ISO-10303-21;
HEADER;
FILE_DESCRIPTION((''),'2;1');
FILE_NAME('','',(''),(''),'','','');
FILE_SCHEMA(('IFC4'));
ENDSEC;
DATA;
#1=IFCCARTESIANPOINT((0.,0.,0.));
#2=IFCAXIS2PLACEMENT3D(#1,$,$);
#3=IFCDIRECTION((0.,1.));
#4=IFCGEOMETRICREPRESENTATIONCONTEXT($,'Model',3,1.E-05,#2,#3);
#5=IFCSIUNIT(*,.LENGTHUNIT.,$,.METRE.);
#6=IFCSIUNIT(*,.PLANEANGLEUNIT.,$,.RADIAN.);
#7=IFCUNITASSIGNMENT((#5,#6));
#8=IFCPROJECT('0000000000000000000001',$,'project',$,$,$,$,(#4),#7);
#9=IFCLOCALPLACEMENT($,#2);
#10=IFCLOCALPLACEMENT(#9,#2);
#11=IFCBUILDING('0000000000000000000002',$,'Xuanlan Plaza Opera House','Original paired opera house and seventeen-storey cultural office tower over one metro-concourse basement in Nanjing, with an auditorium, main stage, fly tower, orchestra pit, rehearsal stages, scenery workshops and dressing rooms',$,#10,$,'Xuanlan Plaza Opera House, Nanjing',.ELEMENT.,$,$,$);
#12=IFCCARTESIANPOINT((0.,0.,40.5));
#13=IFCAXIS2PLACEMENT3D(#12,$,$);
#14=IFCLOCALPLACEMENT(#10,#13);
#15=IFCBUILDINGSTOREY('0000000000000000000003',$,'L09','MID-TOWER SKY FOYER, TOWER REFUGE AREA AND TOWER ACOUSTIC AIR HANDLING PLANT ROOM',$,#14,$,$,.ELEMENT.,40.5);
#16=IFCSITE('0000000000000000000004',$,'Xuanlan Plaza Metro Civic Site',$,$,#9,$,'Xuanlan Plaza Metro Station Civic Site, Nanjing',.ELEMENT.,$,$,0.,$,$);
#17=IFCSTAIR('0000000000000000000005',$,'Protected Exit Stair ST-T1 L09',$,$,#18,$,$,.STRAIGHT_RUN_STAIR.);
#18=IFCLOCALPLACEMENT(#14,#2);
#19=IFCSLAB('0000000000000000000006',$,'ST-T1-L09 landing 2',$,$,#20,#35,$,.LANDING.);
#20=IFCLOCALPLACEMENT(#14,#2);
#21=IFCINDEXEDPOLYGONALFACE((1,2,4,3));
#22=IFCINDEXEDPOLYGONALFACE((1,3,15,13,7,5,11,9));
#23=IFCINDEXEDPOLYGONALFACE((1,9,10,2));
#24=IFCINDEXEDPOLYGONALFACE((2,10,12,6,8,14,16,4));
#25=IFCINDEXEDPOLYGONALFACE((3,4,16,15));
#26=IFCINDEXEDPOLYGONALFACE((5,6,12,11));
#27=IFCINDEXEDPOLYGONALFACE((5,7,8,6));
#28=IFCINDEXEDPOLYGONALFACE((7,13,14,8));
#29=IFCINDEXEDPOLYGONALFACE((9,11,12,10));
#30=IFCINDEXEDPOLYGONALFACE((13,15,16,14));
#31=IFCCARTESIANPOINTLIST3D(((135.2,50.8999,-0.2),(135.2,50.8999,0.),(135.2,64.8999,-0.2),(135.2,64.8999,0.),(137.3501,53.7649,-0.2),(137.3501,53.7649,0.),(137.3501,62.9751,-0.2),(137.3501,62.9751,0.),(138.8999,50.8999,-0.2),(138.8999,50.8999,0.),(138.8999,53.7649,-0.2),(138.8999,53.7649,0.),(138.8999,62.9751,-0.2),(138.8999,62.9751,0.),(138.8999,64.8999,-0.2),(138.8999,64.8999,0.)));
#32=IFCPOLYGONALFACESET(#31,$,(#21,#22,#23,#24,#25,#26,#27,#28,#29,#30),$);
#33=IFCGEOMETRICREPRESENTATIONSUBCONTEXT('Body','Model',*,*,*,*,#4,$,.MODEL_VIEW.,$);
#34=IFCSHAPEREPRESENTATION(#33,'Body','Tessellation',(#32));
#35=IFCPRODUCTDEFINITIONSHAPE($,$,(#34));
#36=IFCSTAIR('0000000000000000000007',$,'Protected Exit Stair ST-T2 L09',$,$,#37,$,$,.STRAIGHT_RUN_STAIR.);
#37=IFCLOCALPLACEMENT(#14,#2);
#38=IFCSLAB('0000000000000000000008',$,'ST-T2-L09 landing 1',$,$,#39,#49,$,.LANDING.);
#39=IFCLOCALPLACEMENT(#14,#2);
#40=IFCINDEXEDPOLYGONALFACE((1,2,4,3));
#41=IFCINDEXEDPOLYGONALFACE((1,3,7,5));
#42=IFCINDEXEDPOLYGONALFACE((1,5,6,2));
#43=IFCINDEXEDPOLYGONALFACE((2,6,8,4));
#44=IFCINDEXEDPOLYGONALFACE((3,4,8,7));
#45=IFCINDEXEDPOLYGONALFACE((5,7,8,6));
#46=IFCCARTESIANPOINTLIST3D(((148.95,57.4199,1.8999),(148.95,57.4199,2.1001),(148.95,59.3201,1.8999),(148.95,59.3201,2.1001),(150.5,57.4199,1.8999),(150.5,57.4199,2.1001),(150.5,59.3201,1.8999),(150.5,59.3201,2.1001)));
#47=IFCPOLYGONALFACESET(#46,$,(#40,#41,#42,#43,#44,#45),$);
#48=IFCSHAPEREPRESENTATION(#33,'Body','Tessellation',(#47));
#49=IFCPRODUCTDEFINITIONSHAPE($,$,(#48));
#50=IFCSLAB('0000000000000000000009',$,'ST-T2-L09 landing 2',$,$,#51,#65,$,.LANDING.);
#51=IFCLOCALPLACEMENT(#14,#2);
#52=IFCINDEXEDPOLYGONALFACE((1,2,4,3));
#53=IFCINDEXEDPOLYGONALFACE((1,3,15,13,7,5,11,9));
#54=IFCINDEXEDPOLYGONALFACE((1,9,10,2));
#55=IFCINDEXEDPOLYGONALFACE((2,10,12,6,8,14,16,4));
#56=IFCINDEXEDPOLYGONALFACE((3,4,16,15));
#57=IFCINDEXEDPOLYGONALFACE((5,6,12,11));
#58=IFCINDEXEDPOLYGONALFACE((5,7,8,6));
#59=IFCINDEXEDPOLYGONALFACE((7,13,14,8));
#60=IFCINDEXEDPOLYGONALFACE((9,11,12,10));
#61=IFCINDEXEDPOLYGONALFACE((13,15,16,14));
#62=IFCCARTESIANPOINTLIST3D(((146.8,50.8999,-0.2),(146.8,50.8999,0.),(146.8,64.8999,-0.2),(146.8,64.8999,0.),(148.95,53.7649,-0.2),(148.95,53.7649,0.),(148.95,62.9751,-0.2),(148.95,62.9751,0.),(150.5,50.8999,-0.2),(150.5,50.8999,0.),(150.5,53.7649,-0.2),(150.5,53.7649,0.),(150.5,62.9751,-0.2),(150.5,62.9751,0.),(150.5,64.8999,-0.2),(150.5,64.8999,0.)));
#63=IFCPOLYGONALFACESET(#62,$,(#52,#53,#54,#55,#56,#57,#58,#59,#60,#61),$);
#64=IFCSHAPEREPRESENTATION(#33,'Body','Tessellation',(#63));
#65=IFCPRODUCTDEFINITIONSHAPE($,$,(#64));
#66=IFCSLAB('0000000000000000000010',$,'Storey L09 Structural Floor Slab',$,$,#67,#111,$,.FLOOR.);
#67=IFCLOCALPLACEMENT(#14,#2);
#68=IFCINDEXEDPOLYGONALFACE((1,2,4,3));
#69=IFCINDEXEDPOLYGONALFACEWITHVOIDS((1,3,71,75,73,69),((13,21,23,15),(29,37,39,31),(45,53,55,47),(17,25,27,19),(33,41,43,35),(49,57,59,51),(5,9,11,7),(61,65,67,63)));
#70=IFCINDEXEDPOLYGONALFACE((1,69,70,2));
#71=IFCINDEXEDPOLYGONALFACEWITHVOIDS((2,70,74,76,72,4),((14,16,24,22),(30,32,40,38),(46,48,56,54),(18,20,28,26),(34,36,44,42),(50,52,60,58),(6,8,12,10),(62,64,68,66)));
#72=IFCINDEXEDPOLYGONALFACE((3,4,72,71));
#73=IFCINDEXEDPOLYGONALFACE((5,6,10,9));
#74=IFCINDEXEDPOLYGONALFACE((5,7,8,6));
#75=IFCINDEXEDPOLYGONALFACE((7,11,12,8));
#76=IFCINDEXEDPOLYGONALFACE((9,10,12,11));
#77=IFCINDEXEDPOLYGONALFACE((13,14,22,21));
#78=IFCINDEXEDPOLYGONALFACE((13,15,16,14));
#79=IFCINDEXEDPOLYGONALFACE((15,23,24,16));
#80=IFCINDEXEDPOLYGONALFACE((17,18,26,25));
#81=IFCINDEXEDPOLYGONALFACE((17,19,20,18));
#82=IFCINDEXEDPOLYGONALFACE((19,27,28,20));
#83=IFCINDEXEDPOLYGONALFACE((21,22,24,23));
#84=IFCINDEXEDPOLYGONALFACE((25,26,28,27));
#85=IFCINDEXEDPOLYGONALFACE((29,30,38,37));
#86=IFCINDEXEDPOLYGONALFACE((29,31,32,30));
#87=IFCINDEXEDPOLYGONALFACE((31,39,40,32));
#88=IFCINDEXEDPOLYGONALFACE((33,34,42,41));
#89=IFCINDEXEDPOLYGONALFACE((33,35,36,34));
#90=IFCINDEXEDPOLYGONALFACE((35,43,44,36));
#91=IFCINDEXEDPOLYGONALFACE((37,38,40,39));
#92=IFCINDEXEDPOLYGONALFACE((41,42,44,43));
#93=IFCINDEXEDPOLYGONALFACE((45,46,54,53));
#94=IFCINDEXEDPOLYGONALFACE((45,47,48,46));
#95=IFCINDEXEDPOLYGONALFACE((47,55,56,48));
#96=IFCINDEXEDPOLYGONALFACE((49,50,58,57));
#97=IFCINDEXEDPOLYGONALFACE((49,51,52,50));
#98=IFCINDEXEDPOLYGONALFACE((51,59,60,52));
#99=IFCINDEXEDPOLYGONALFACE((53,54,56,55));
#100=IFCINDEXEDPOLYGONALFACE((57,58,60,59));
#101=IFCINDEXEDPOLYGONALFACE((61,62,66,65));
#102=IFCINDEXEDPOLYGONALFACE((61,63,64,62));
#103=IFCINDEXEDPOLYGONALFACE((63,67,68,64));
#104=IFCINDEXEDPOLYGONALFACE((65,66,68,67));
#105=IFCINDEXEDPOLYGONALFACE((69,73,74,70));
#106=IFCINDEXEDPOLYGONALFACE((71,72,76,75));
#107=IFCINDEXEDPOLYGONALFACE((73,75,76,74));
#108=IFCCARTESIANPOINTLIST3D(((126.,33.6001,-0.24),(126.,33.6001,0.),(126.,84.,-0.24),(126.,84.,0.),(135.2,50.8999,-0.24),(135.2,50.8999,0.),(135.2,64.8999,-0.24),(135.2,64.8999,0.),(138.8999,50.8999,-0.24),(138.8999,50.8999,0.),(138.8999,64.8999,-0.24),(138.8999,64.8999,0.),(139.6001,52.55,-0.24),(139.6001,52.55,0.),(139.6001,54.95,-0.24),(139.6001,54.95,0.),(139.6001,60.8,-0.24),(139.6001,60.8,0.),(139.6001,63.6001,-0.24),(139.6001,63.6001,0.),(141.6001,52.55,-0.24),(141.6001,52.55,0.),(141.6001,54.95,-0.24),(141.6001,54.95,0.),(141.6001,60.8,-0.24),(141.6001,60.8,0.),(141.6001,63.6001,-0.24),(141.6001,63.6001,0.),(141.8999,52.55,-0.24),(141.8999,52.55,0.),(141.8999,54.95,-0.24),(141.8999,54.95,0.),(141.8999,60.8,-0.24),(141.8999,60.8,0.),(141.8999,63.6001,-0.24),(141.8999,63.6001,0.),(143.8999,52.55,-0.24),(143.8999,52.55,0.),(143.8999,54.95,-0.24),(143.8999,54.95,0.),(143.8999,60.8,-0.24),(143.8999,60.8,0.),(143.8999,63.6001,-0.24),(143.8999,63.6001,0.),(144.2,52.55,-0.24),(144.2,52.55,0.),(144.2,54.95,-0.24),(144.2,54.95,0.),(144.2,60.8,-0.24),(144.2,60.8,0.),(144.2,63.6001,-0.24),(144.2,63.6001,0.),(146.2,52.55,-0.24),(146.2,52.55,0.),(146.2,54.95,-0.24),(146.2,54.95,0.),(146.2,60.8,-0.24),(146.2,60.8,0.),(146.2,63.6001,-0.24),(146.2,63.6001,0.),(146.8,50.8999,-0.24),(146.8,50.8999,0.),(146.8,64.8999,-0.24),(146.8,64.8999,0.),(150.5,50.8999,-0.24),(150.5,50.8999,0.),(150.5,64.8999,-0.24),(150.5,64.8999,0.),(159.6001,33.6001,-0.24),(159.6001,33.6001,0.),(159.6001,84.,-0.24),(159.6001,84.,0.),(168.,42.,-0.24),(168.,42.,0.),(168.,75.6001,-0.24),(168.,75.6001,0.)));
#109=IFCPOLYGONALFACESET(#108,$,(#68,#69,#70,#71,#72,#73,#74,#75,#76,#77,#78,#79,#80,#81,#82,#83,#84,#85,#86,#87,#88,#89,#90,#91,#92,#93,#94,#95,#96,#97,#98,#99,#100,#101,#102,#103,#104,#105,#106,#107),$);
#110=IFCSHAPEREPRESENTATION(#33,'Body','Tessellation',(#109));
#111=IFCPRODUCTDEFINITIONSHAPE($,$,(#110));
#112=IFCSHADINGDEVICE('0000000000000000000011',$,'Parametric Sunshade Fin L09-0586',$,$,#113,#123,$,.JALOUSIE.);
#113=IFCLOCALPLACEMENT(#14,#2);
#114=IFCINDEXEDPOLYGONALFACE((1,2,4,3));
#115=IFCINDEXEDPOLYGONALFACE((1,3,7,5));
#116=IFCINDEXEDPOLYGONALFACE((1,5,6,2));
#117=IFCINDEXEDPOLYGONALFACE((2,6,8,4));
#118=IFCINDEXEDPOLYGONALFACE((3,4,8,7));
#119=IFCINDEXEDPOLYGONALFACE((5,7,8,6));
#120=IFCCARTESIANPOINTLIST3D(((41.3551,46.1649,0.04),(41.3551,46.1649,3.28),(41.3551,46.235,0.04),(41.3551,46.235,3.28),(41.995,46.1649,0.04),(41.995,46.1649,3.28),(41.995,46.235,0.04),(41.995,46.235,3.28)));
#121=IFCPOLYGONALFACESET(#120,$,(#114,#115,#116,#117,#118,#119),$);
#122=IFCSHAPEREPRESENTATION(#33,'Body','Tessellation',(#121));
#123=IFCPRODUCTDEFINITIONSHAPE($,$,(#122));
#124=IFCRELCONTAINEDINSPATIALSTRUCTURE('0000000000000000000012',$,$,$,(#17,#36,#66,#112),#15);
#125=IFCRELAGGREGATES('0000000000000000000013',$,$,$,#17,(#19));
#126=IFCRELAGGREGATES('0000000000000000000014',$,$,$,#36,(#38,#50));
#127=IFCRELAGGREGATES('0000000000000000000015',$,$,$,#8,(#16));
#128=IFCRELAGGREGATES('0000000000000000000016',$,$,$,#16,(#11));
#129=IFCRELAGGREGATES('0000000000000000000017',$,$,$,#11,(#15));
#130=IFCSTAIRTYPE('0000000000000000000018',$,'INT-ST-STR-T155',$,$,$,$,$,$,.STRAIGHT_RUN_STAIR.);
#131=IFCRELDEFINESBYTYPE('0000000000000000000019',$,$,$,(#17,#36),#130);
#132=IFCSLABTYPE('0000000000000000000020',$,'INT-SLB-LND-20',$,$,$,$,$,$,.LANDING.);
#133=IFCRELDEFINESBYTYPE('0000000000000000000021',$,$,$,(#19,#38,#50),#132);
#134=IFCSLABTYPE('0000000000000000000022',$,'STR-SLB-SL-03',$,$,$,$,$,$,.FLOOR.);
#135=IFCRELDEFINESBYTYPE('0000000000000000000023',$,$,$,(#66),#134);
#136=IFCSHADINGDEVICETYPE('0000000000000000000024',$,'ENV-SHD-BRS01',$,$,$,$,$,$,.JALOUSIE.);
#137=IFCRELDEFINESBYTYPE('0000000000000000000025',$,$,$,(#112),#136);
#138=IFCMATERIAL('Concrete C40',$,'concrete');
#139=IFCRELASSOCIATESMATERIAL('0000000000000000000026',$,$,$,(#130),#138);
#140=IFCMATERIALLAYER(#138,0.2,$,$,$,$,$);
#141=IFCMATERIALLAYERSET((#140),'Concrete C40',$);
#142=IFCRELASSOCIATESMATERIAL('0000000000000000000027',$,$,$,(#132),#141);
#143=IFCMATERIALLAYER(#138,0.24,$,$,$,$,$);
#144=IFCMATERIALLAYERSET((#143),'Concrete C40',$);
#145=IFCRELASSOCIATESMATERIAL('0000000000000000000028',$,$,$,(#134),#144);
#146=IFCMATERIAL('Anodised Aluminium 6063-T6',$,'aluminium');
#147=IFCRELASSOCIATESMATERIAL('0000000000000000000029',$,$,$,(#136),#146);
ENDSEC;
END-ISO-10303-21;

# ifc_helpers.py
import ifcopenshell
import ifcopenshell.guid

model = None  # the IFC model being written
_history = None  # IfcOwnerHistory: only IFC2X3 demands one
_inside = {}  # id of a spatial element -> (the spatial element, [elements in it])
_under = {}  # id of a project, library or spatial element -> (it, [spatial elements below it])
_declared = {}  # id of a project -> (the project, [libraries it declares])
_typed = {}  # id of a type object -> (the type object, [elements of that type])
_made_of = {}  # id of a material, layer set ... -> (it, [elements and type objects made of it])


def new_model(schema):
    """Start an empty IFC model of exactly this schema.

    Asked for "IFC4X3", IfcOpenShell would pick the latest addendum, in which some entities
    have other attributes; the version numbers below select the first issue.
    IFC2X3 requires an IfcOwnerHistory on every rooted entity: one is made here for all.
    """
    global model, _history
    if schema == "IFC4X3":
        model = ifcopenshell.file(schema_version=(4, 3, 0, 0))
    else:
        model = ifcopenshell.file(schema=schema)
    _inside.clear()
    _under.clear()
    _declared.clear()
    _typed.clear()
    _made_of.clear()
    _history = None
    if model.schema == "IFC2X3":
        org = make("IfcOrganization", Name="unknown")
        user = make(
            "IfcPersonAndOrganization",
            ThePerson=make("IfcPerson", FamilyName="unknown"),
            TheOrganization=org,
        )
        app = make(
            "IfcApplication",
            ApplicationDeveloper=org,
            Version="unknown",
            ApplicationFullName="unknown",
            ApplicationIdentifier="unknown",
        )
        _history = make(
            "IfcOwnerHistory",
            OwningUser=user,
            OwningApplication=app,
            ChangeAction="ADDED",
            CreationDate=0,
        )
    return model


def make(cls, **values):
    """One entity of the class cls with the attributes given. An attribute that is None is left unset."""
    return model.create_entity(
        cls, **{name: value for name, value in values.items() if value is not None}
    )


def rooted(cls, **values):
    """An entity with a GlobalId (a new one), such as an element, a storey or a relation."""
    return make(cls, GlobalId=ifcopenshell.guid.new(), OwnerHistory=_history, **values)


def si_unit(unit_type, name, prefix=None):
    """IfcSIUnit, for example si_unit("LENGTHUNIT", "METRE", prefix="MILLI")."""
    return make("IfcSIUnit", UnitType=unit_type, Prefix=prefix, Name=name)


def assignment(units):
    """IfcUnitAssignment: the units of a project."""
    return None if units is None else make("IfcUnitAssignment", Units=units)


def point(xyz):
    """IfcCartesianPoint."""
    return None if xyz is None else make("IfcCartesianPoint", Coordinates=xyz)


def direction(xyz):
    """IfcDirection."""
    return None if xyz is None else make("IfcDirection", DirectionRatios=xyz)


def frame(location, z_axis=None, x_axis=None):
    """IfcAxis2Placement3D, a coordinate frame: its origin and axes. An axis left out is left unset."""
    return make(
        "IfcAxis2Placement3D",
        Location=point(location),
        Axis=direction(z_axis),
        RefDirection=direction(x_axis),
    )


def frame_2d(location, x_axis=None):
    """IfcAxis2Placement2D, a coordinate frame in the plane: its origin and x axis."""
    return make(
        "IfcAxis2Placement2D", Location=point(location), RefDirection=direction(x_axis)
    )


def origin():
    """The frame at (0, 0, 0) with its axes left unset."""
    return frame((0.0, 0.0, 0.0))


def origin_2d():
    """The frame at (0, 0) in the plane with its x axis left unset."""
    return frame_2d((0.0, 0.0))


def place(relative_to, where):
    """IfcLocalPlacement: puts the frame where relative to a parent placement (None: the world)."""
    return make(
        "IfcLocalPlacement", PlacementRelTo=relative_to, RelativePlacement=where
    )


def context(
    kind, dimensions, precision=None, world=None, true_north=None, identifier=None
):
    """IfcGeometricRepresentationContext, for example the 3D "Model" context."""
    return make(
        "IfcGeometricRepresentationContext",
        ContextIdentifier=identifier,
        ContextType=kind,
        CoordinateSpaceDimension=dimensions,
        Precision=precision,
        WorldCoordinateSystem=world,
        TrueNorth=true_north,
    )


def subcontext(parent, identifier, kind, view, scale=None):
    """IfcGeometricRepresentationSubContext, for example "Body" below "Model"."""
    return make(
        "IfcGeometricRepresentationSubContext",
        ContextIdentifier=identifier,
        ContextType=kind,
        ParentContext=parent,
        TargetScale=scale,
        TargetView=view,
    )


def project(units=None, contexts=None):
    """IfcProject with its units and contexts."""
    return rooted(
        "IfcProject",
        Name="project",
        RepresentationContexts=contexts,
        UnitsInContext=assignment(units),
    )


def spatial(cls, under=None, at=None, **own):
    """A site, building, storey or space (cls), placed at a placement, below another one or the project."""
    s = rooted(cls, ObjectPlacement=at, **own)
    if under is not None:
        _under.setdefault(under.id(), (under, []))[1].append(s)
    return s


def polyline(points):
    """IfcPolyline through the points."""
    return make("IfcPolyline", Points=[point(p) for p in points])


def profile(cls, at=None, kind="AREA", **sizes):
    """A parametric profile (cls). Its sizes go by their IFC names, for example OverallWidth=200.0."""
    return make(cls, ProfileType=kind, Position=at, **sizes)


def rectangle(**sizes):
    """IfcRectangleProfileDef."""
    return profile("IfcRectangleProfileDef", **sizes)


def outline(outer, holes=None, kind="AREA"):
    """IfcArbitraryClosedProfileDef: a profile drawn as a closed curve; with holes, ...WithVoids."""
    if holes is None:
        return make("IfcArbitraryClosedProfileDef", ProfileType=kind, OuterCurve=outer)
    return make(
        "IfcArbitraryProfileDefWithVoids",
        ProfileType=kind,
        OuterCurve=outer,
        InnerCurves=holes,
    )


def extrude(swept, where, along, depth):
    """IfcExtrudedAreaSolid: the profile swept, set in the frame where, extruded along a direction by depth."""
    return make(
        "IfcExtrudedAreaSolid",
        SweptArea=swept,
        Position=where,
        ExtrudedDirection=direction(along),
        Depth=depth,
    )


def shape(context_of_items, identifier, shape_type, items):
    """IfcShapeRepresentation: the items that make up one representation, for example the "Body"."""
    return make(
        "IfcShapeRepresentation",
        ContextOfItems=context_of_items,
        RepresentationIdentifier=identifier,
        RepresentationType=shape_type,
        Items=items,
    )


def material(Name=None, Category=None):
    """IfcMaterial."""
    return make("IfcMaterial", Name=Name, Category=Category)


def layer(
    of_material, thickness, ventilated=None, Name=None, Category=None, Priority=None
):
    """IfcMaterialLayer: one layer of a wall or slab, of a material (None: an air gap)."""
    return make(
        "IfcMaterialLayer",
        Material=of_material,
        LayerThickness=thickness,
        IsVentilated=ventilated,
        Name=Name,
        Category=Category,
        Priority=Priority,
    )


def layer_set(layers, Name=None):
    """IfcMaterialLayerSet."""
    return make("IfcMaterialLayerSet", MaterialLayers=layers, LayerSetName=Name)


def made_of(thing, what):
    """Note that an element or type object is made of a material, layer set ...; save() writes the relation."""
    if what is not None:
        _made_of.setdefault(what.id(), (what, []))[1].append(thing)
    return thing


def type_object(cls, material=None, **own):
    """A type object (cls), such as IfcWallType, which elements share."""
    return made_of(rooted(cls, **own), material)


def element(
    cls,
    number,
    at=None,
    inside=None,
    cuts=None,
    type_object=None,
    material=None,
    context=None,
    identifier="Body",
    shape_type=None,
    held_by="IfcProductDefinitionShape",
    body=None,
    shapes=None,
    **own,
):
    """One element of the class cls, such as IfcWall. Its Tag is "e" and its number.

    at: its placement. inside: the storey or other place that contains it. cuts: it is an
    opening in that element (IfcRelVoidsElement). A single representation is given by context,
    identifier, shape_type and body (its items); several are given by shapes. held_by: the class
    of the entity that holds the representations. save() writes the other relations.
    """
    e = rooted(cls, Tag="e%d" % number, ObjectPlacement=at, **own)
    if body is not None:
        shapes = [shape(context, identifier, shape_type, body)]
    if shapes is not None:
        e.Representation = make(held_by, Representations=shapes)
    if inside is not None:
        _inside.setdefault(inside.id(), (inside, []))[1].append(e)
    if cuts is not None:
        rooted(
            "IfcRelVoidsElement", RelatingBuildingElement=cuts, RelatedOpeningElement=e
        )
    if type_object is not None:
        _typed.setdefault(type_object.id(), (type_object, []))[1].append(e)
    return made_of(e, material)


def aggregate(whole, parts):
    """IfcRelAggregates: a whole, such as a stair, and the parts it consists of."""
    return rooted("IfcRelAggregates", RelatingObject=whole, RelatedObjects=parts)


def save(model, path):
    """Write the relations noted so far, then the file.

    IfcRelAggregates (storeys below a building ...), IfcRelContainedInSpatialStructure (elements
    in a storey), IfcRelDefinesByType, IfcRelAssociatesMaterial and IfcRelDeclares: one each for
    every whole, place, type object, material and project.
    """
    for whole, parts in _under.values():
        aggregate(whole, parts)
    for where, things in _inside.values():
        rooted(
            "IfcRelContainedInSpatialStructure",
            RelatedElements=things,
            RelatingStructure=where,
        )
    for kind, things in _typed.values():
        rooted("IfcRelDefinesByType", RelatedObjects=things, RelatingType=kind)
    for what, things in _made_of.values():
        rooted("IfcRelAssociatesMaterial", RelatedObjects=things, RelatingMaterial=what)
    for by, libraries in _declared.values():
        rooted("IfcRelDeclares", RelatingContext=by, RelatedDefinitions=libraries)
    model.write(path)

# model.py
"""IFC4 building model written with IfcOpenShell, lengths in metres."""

from ifc_helpers import new_model, si_unit, direction, frame, origin, origin_2d, place, context, subcontext, project, spatial, polyline, rectangle, outline, extrude, material, layer, layer_set, type_object, element, aggregate, save


model = new_model("IFC4")

# Units and contexts
model_context = context("Model", 3, precision=1e-05, world=origin(), true_north=direction((0.0, 1.0)))
body_context = subcontext(model_context, "Body", "Model", "MODEL_VIEW")
ifc_project = project(units=[si_unit("LENGTHUNIT", "METRE"), si_unit("PLANEANGLEUNIT", "RADIAN")], contexts=[model_context])

# Site, building, storey
site_placement = place(None, origin())
site = spatial("IfcSite", under=ifc_project, at=site_placement, Name="Xuanlan Plaza Metro Civic Site", LongName="Xuanlan Plaza Metro Station Civic Site, Nanjing", CompositionType="ELEMENT", RefElevation=0.0)
building_placement = place(site_placement, origin())
building = spatial("IfcBuilding", under=site, at=building_placement, Name="Xuanlan Plaza Opera House", Description="Original paired opera house and seventeen-storey cultural office tower over one metro-concourse basement in Nanjing, with an auditorium, main stage, fly tower, orchestra pit, rehearsal stages, scenery workshops and dressing rooms", LongName="Xuanlan Plaza Opera House, Nanjing", CompositionType="ELEMENT")
storey_placement = place(building_placement, frame((0.0, 0.0, 40.5)))
storey = spatial("IfcBuildingStorey", under=building, at=storey_placement, Name="L09", Description="MID-TOWER SKY FOYER, TOWER REFUGE AREA AND TOWER ACOUSTIC AIR HANDLING PLANT ROOM", CompositionType="ELEMENT", Elevation=40.5)

# Shared definitions
ifc_material_1 = material(Name="Anodised Aluminium 6063-T6", Category="aluminium")

# Stairs, slabs
ifc_material_2 = material(Name="Concrete C40", Category="concrete")
stair_type = type_object("IfcStairType", Name="INT-ST-STR-T155", PredefinedType="STRAIGHT_RUN_STAIR", material=ifc_material_2)
stair_1_placement = place(storey_placement, origin())
stair_1 = element("IfcStair", 1, at=stair_1_placement, inside=storey, type_object=stair_type, Name="Protected Exit Stair ST-T1 L09", PredefinedType="STRAIGHT_RUN_STAIR")
ifc_layer_1 = layer(ifc_material_2, 0.2)
ifc_layer_set_1 = layer_set([ifc_layer_1], Name="Concrete C40")
slab_type_1 = type_object("IfcSlabType", Name="INT-SLB-LND-20", PredefinedType="LANDING", material=ifc_layer_set_1)
slab_1_placement = place(storey_placement, frame((0.0, 0.0, -0.2)))
slab_1 = element("IfcSlab", 2, at=slab_1_placement, type_object=slab_type_1, Name="ST-T1-L09 landing 2", PredefinedType="LANDING", context=body_context, shape_type="SweptSolid", body=[
    extrude(outline(polyline([(135.2, 50.8999), (138.8999, 50.8999), (138.8999, 53.7649), (137.3501, 53.7649), (137.3501, 62.9751), (138.8999, 62.9751), (138.8999, 64.8999), (135.2, 64.8999), (135.2, 50.8999)])), origin(), (0.0, 0.0, 1.0), 0.2),
])
aggregate(stair_1, [slab_1])
stair_2_placement = place(storey_placement, origin())
stair_2 = element("IfcStair", 3, at=stair_2_placement, inside=storey, type_object=stair_type, Name="Protected Exit Stair ST-T2 L09", PredefinedType="STRAIGHT_RUN_STAIR")
slab_2_placement = place(storey_placement, frame((0.0, 0.0, 1.8999)))
slab_2 = element("IfcSlab", 4, at=slab_2_placement, type_object=slab_type_1, Name="ST-T2-L09 landing 1", PredefinedType="LANDING", context=body_context, shape_type="SweptSolid", body=[
    extrude(outline(polyline([(148.95, 57.4199), (150.5, 57.4199), (150.5, 59.3201), (148.95, 59.3201), (148.95, 57.4199)])), origin(), (0.0, 0.0, 1.0), 0.2002),
])
slab_3_placement = place(storey_placement, frame((0.0, 0.0, -0.2)))
slab_3 = element("IfcSlab", 5, at=slab_3_placement, type_object=slab_type_1, Name="ST-T2-L09 landing 2", PredefinedType="LANDING", context=body_context, shape_type="SweptSolid", body=[
    extrude(outline(polyline([(146.8, 50.8999), (150.5, 50.8999), (150.5, 53.7649), (148.95, 53.7649), (148.95, 62.9751), (150.5, 62.9751), (150.5, 64.8999), (146.8, 64.8999), (146.8, 50.8999)])), origin(), (0.0, 0.0, 1.0), 0.2),
])
aggregate(stair_2, [slab_2, slab_3])

# Slab
ifc_layer_2 = layer(ifc_material_2, 0.24)
ifc_layer_set_2 = layer_set([ifc_layer_2], Name="Concrete C40")
slab_type_2 = type_object("IfcSlabType", Name="STR-SLB-SL-03", PredefinedType="FLOOR", material=ifc_layer_set_2)
slab_4_placement = place(storey_placement, frame((0.0, 0.0, -0.24)))
element("IfcSlab", 6, at=slab_4_placement, inside=storey, type_object=slab_type_2, Name="Storey L09 Structural Floor Slab", PredefinedType="FLOOR", context=body_context, shape_type="SweptSolid", body=[
    extrude(outline(polyline([(126.0, 33.6001), (159.6001, 33.6001), (168.0, 42.0), (168.0, 75.6001), (159.6001, 84.0), (126.0, 84.0), (126.0, 33.6001)]), holes=[polyline([(135.2, 50.8999), (138.8999, 50.8999), (138.8999, 64.8999), (135.2, 64.8999), (135.2, 50.8999)]), polyline([(146.8, 50.8999), (150.5, 50.8999), (150.5, 64.8999), (146.8, 64.8999), (146.8, 50.8999)]), polyline([(139.6001, 60.8), (141.6001, 60.8), (141.6001, 63.6001), (139.6001, 63.6001), (139.6001, 60.8)]), polyline([(141.8999, 60.8), (143.8999, 60.8), (143.8999, 63.6001), (141.8999, 63.6001), (141.8999, 60.8)]), polyline([(144.2, 60.8), (146.2, 60.8), (146.2, 63.6001), (144.2, 63.6001), (144.2, 60.8)]), polyline([(139.6001, 52.55), (141.6001, 52.55), (141.6001, 54.95), (139.6001, 54.95), (139.6001, 52.55)]), polyline([(141.8999, 52.55), (143.8999, 52.55), (143.8999, 54.95), (141.8999, 54.95), (141.8999, 52.55)]), polyline([(144.2, 52.55), (146.2, 52.55), (146.2, 54.95), (144.2, 54.95), (144.2, 52.55)])]), origin(), (0.0, 0.0, 1.0), 0.24),
])

# Shading device
shading_device_type = type_object("IfcShadingDeviceType", Name="ENV-SHD-BRS01", PredefinedType="JALOUSIE", material=ifc_material_1)
shading_device_placement = place(storey_placement, frame((41.675, 46.2, 0.04), z_axis=(0.0, 0.0, 1.0), x_axis=(-1.0, 0.0, 0.0)))
element("IfcShadingDevice", 7, at=shading_device_placement, inside=storey, type_object=shading_device_type, Name="Parametric Sunshade Fin L09-0586", PredefinedType="JALOUSIE", context=body_context, shape_type="SweptSolid", body=[
    extrude(rectangle(XDim=0.6399, YDim=0.0701, at=origin_2d()), origin(), (0.0, 0.0, 1.0), 3.24),
])

save(model, "model.ifc")
